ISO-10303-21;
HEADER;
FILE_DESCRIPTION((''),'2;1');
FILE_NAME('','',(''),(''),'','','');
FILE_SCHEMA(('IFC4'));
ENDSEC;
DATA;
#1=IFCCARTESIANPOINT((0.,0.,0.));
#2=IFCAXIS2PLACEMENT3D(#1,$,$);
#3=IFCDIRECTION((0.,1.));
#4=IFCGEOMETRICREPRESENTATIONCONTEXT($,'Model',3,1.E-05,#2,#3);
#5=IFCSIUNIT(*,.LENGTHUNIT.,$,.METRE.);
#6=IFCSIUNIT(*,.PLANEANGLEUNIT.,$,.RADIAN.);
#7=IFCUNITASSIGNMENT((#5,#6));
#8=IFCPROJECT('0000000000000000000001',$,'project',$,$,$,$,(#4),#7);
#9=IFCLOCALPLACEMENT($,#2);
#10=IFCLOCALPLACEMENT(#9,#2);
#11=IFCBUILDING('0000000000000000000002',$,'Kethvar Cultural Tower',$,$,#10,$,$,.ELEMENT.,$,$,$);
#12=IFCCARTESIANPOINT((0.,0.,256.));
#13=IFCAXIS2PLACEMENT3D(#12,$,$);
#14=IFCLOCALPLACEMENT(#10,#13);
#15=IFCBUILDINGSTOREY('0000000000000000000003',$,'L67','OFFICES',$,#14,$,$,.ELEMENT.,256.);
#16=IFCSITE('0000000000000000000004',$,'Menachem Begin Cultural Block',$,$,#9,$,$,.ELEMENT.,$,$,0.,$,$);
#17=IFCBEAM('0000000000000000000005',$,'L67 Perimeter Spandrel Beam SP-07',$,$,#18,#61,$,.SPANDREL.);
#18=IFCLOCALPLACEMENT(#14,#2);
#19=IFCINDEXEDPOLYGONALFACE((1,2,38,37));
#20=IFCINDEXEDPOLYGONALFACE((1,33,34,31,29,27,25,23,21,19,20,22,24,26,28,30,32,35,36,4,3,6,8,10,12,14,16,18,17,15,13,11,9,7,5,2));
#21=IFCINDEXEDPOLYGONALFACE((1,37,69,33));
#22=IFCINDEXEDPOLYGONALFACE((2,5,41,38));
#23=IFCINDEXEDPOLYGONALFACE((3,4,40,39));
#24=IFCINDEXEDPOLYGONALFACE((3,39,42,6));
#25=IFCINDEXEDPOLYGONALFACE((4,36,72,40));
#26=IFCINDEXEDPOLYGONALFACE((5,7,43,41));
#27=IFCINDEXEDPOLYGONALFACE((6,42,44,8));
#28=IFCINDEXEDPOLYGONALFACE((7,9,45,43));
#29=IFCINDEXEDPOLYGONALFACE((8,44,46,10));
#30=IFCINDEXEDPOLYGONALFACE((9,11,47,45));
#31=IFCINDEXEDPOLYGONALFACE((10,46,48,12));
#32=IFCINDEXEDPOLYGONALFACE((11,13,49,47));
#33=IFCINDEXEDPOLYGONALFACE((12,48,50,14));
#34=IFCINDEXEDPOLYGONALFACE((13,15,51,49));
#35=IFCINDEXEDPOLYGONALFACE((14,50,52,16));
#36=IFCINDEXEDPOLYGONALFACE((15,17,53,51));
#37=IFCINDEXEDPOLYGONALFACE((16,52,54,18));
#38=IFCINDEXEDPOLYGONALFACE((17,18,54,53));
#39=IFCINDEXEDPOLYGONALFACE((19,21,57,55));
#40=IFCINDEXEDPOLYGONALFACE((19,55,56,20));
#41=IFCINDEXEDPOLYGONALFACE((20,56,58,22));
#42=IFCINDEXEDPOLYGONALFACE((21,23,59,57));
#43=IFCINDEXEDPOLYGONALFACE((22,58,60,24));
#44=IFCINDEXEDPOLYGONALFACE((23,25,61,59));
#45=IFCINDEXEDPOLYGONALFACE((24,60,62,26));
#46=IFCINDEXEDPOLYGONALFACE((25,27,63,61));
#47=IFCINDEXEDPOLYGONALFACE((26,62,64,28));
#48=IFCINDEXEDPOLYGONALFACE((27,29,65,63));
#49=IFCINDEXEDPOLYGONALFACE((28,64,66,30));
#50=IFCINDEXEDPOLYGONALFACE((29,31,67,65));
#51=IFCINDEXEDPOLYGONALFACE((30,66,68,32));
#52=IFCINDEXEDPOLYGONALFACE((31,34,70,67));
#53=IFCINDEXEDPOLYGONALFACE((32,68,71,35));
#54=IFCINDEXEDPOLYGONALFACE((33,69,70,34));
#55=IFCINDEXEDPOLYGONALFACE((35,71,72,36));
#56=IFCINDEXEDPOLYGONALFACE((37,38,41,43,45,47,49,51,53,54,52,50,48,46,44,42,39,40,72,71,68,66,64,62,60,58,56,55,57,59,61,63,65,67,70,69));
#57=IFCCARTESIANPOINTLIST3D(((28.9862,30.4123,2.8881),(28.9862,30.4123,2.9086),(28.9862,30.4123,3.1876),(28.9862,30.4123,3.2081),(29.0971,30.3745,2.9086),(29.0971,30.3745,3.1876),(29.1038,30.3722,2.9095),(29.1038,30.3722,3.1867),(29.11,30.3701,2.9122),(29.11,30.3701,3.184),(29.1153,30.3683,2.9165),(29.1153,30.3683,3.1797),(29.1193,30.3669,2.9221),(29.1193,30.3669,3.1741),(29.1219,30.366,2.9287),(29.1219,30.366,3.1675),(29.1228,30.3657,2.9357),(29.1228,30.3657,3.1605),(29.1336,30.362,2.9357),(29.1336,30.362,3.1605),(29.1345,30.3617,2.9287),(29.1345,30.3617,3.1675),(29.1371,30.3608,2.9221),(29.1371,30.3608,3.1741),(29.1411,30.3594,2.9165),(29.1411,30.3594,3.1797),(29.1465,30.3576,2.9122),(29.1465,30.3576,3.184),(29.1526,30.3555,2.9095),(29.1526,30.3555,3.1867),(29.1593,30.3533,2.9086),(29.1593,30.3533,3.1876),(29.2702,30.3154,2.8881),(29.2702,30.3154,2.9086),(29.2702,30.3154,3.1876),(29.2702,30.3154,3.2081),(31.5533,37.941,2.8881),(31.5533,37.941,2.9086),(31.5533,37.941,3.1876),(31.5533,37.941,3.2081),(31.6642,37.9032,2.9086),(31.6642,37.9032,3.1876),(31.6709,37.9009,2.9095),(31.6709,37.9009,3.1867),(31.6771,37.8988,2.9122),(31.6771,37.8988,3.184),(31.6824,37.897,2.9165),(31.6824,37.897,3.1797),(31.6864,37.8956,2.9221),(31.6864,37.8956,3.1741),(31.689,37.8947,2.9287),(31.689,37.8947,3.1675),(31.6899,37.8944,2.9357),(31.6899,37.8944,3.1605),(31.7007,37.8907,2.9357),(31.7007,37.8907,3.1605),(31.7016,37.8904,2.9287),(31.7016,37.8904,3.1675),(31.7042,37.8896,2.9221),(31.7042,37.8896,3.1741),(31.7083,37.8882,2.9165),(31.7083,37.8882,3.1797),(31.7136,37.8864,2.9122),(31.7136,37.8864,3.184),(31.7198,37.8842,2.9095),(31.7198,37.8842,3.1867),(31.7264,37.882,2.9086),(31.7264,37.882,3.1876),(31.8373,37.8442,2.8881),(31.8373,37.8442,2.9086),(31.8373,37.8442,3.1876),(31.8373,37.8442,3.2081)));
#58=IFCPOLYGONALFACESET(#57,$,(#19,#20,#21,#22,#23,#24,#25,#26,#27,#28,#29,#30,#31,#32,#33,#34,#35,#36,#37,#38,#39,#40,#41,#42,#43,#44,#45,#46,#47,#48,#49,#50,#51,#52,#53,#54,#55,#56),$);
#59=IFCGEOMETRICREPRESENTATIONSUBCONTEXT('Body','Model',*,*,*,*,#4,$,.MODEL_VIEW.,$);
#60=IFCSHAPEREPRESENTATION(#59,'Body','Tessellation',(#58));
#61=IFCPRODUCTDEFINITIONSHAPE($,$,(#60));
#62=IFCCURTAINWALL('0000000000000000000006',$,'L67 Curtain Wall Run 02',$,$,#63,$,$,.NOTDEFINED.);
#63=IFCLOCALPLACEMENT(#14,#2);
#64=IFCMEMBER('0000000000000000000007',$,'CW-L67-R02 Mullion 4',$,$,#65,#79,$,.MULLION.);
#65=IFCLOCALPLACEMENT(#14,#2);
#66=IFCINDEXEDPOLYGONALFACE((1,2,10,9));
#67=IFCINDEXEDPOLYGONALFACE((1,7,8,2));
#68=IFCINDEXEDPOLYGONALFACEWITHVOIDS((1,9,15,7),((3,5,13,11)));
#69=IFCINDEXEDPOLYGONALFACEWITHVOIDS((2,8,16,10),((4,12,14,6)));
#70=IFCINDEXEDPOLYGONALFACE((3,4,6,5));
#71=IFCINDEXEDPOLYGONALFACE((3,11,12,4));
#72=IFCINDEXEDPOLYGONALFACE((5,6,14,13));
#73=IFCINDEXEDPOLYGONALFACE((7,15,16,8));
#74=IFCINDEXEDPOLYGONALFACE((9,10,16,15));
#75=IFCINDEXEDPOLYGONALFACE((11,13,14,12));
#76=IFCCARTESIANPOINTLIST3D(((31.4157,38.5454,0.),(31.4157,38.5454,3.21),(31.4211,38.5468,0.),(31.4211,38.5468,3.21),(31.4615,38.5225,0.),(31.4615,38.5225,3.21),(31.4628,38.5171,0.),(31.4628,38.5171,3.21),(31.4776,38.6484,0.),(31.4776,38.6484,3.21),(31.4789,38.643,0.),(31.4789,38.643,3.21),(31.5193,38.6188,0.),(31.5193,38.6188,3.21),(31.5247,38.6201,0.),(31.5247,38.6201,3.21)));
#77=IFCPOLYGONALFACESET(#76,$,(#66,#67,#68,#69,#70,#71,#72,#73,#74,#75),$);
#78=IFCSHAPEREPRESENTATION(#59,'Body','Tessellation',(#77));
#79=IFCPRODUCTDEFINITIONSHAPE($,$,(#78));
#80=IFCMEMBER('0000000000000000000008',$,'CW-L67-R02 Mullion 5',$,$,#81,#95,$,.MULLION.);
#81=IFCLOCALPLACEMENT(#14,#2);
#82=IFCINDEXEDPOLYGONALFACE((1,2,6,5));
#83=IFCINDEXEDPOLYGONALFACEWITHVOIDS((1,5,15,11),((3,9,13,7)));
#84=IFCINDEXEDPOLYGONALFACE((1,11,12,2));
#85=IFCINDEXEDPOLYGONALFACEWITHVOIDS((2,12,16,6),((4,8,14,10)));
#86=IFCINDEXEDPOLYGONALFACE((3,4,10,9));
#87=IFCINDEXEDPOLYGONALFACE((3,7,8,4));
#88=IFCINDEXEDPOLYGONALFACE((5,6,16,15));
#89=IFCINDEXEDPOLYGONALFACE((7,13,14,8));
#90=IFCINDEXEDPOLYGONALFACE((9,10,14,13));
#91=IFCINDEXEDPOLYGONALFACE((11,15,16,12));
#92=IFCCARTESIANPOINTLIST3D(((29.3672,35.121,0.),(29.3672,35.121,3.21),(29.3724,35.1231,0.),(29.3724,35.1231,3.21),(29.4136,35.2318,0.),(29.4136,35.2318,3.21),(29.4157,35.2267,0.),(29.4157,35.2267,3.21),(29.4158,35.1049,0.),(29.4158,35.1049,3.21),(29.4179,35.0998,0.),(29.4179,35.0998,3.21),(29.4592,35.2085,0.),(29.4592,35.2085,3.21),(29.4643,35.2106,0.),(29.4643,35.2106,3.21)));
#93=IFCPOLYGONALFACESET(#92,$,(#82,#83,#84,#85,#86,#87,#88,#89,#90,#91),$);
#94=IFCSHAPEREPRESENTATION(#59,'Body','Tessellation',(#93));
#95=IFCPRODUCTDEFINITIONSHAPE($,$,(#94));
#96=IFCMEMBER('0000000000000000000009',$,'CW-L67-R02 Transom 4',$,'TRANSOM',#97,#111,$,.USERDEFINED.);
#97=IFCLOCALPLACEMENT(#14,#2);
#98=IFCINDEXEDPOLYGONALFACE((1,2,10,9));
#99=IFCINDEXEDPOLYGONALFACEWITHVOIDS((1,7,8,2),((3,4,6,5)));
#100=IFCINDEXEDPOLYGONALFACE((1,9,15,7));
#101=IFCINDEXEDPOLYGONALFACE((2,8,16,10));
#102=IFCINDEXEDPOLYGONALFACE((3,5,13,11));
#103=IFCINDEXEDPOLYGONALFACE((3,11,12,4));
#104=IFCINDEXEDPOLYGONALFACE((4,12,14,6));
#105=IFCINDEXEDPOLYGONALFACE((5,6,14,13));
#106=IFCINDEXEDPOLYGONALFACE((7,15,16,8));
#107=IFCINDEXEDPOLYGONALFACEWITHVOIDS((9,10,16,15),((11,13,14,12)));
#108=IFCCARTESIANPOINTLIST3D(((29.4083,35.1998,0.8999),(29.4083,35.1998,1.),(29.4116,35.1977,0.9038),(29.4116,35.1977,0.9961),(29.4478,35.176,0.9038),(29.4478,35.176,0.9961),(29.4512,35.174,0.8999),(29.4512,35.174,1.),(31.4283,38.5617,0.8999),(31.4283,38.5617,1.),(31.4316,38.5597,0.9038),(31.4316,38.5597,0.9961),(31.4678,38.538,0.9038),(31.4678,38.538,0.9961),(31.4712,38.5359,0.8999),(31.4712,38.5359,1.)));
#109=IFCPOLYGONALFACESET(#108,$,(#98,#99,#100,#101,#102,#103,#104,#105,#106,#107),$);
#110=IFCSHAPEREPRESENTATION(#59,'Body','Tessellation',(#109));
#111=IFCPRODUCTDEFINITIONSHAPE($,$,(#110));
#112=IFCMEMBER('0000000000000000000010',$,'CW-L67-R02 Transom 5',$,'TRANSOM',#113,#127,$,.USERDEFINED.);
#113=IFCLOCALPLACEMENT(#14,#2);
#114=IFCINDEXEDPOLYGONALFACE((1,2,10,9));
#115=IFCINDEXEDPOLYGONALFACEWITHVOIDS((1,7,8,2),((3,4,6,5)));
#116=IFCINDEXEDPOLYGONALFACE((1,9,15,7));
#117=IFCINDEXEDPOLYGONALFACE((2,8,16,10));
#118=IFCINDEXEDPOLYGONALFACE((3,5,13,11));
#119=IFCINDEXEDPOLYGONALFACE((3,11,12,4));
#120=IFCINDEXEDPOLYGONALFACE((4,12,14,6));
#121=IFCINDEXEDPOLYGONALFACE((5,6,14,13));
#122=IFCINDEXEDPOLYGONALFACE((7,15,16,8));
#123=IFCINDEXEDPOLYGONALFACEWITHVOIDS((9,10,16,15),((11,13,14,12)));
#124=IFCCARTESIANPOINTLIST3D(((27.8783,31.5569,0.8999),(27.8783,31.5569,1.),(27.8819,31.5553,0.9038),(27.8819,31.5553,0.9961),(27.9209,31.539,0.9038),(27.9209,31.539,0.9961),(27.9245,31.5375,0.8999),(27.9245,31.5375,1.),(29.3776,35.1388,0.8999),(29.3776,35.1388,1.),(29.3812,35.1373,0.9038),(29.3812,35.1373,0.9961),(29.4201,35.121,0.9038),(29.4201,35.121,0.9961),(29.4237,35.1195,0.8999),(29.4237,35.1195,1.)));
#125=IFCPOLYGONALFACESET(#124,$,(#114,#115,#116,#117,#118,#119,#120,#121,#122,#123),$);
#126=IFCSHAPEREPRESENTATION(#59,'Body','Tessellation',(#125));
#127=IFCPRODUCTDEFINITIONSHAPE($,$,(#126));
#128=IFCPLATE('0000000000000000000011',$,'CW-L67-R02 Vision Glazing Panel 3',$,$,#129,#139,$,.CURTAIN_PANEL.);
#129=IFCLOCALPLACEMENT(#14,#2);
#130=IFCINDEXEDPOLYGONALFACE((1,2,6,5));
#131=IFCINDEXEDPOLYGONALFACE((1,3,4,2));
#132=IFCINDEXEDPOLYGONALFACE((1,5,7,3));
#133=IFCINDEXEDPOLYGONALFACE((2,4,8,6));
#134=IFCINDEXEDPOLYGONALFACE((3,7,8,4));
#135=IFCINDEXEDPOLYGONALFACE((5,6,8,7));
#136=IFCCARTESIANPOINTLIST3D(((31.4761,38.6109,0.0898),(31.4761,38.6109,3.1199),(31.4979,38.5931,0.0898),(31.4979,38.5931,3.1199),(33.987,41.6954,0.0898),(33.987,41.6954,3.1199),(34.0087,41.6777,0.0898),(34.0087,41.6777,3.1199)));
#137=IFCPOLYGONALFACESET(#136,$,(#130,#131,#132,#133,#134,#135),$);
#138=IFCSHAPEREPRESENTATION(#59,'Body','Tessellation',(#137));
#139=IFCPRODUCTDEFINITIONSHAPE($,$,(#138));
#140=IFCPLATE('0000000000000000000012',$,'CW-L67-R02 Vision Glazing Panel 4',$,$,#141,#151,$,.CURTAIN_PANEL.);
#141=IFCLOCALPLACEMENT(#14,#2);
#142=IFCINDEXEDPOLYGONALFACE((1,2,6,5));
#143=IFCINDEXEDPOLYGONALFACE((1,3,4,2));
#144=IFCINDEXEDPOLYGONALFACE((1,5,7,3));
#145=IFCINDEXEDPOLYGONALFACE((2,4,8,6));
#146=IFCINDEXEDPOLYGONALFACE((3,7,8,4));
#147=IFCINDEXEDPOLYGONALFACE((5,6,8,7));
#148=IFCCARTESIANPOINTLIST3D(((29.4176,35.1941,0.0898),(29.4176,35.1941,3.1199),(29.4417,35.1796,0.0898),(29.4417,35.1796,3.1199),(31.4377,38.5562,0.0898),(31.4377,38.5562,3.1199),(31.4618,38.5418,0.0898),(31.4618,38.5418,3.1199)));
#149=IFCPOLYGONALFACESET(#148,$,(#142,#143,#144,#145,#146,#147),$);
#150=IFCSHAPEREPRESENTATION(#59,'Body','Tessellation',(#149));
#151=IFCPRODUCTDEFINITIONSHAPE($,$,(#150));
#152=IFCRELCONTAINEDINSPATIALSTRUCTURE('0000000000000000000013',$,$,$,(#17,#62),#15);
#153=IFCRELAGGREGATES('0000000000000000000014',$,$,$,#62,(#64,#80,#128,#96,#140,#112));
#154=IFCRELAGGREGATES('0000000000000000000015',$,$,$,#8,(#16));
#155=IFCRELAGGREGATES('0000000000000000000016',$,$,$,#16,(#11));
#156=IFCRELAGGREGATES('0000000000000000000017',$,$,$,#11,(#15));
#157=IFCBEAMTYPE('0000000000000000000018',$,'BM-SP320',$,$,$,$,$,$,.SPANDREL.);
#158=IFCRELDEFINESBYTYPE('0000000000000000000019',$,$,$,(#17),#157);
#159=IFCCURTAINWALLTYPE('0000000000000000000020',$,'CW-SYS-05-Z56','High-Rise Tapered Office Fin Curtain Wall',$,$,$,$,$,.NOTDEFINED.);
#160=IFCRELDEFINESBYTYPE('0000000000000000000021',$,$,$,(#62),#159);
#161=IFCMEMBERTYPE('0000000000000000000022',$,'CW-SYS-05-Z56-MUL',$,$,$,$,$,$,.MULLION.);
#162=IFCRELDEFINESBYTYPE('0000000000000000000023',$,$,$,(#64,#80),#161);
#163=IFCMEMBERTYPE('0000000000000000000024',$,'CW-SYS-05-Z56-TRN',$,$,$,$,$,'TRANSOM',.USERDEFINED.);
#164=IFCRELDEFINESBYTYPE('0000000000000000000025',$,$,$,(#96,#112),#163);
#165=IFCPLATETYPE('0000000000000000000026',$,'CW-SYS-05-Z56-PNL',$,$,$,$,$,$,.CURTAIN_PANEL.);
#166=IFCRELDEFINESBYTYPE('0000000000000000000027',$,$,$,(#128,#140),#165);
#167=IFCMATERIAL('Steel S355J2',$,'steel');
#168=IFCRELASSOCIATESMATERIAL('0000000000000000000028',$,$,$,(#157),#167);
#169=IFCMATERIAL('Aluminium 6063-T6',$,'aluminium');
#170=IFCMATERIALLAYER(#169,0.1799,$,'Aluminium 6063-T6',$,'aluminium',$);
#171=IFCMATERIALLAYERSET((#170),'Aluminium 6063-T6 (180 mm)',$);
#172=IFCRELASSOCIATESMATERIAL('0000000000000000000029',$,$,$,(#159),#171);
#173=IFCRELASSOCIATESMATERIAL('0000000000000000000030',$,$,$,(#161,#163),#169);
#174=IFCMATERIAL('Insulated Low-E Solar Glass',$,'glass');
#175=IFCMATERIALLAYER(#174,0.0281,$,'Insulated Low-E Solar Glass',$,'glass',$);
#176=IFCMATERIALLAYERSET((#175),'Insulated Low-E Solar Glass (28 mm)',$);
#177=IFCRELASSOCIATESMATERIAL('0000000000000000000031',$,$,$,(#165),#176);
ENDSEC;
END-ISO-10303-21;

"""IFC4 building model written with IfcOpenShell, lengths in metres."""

from ifc_helpers import new_model, si_unit, direction, frame, origin, origin_2d, place, context, subcontext, project, spatial, rectangle, hollow_rectangle, i_section, extrude, source, transform, mapped, material, layer, layer_set, material_profile, profile_set, type_object, element, aggregate, save


model = new_model("IFC4")

# Units and contexts
model_context = context("Model", 3, precision=1e-05, world=origin(), true_north=direction((0.0, 1.0)))
body_context = subcontext(model_context, "Body", "Model", "MODEL_VIEW")
ifc_project = project(units=[si_unit("LENGTHUNIT", "METRE"), si_unit("PLANEANGLEUNIT", "RADIAN")], contexts=[model_context])

# Site, building, storey
site_placement = place(None, origin())
site = spatial("IfcSite", under=ifc_project, at=site_placement, Name="Menachem Begin Cultural Block", CompositionType="ELEMENT", RefElevation=0.0)
building_placement = place(site_placement, origin())
building = spatial("IfcBuilding", under=site, at=building_placement, Name="Kethvar Cultural Tower", CompositionType="ELEMENT")
storey_placement = place(building_placement, frame((0.0, 0.0, 256.0)))
storey = spatial("IfcBuildingStorey", under=building, at=storey_placement, Name="L67", Description="OFFICES", CompositionType="ELEMENT", Elevation=256.0)

# Beam
ifc_material_1 = material(Name="Steel S355J2", Category="steel")
ifc_material_profile_1 = material_profile(ifc_material_1, i_section(OverallWidth=0.3, OverallDepth=0.3201, WebThickness=0.0115, FlangeThickness=0.0205, FilletRadius=0.0271, at=origin_2d()), Name="Steel S355J2 — HEB320")
ifc_profile_set_1 = profile_set([ifc_material_profile_1], Name="Steel S355J2 — HEB320")
beam_type_1 = type_object("IfcBeamType", Name="BM-SP320", PredefinedType="SPANDREL", material=ifc_profile_set_1)
shared_shape_1 = source(origin(), body_context, "Body", "SweptSolid", [
    extrude(i_section(OverallWidth=0.3, OverallDepth=0.3201, WebThickness=0.0115, FlangeThickness=0.0205, FilletRadius=0.0271, at=origin_2d()), origin(), (0.0, 0.0, 1.0), 7.9543),
])
beam_1_placement = place(storey_placement, frame((31.6953, 37.8926, 3.0481), z_axis=(-0.32273, -0.946491, 0.0), x_axis=(0.946491, -0.32273, 0.0)))
element("IfcBeam", 1, at=beam_1_placement, inside=storey, type_object=beam_type_1, Name="L67 Perimeter Spandrel Beam SP-07", PredefinedType="SPANDREL", context=body_context, shape_type="MappedRepresentation", body=[
    mapped(shared_shape_1, transform((0.0, 0.0, 0.0), scale=1.0)),
])

# Curtain wall, members, plates
ifc_material_2 = material(Name="Aluminium 6063-T6", Category="aluminium")
ifc_layer_1 = layer(ifc_material_2, 0.1799, Name="Aluminium 6063-T6", Category="aluminium")
ifc_layer_set_1 = layer_set([ifc_layer_1], Name="Aluminium 6063-T6 (180 mm)")
curtain_wall_type = type_object("IfcCurtainWallType", Name="CW-SYS-05-Z56", Description="High-Rise Tapered Office Fin Curtain Wall", PredefinedType="NOTDEFINED", material=ifc_layer_set_1)
curtain_wall_placement = place(storey_placement, origin())
curtain_wall = element("IfcCurtainWall", 2, at=curtain_wall_placement, inside=storey, type_object=curtain_wall_type, Name="L67 Curtain Wall Run 02", PredefinedType="NOTDEFINED")
ifc_material_profile_2 = material_profile(ifc_material_2, hollow_rectangle(XDim=0.0549, YDim=0.1201, WallThickness=0.0039, at=origin_2d()), Name="Aluminium 6063-T6 — RHS120x55x4")
ifc_profile_set_2 = profile_set([ifc_material_profile_2], Name="Aluminium 6063-T6 — RHS120x55x4")
member_type_1 = type_object("IfcMemberType", Name="CW-SYS-05-Z56-MUL", PredefinedType="MULLION", material=ifc_profile_set_2)
shared_shape_2 = source(origin(), body_context, "Body", "SweptSolid", [
    extrude(hollow_rectangle(XDim=0.0549, YDim=0.1201, WallThickness=0.0039, at=origin_2d()), origin(), (0.0, 0.0, 1.0), 3.21),
])
member_1_placement = place(storey_placement, frame((31.4702, 38.5828, 0.0), z_axis=(0.0, 0.0, 1.0), x_axis=(0.857185, -0.515008, 0.0)))
member_1 = element("IfcMember", 3, at=member_1_placement, type_object=member_type_1, Name="CW-L67-R02 Mullion 4", PredefinedType="MULLION", context=body_context, shape_type="MappedRepresentation", body=[
    mapped(shared_shape_2, transform((0.0, 0.0, 0.0), scale=1.0)),
])
member_2_placement = place(storey_placement, frame((29.4158, 35.1658, 0.0), z_axis=(0.0, 0.0, 1.0), x_axis=(0.922471, -0.386067, 0.0)))
member_2 = element("IfcMember", 4, at=member_2_placement, type_object=member_type_1, Name="CW-L67-R02 Mullion 5", PredefinedType="MULLION", context=body_context, shape_type="MappedRepresentation", body=[
    mapped(shared_shape_2, transform((0.0, 0.0, 0.0), scale=1.0)),
])
ifc_material_profile_3 = material_profile(ifc_material_2, hollow_rectangle(XDim=0.05, YDim=0.1001, WallThickness=0.0039, at=origin_2d()), Name="Aluminium 6063-T6 — RHS100x50x4")
ifc_profile_set_3 = profile_set([ifc_material_profile_3], Name="Aluminium 6063-T6 — RHS100x50x4")
member_type_2 = type_object("IfcMemberType", Name="CW-SYS-05-Z56-TRN", ElementType="TRANSOM", PredefinedType="USERDEFINED", material=ifc_profile_set_3)
shared_shape_3 = source(origin(), body_context, "Body", "SweptSolid", [
    extrude(hollow_rectangle(XDim=0.05, YDim=0.1001, WallThickness=0.0039, at=origin_2d()), origin(), (0.0, 0.0, 1.0), 3.9221),
])
member_3_placement = place(storey_placement, frame((31.4497, 38.5488, 0.95), z_axis=(-0.515017, -0.85718, 0.0), x_axis=(0.85718, -0.515017, 0.0)))
member_3 = element("IfcMember", 5, at=member_3_placement, type_object=member_type_2, Name="CW-L67-R02 Transom 4", ObjectType="TRANSOM", PredefinedType="USERDEFINED", context=body_context, shape_type="MappedRepresentation", body=[
    mapped(shared_shape_3, transform((0.0, 0.0, 0.0), scale=1.0)),
])
shared_shape_4 = source(origin(), body_context, "Body", "SweptSolid", [
    extrude(hollow_rectangle(XDim=0.05, YDim=0.1001, WallThickness=0.0039, at=origin_2d()), origin(), (0.0, 0.0, 1.0), 3.8831),
])
member_4_placement = place(storey_placement, frame((29.4006, 35.1292, 0.95), z_axis=(-0.386097, -0.922458, 0.0), x_axis=(0.922458, -0.386097, 0.0)))
member_4 = element("IfcMember", 6, at=member_4_placement, type_object=member_type_2, Name="CW-L67-R02 Transom 5", ObjectType="TRANSOM", PredefinedType="USERDEFINED", context=body_context, shape_type="MappedRepresentation", body=[
    mapped(shared_shape_4, transform((0.0, 0.0, 0.0), scale=1.0)),
])
ifc_material_3 = material(Name="Insulated Low-E Solar Glass", Category="glass")
ifc_layer_2 = layer(ifc_material_3, 0.0281, Name="Insulated Low-E Solar Glass", Category="glass")
ifc_layer_set_2 = layer_set([ifc_layer_2], Name="Insulated Low-E Solar Glass (28 mm)")
plate_type = type_object("IfcPlateType", Name="CW-SYS-05-Z56-PNL", PredefinedType="CURTAIN_PANEL", material=ifc_layer_set_2)
shared_shape_5 = source(origin(), body_context, "Body", "SweptSolid", [
    extrude(rectangle(XDim=3.9773, YDim=0.0281, at=origin_2d()), origin(), (0.0, 0.0, 1.0), 3.03),
])
plate_1_placement = place(storey_placement, frame((32.7424, 40.1443, 0.0898), z_axis=(0.0, 0.0, 1.0), x_axis=(-0.631299, -0.77554, 0.0)))
plate_1 = element("IfcPlate", 7, at=plate_1_placement, type_object=plate_type, Name="CW-L67-R02 Vision Glazing Panel 3", PredefinedType="CURTAIN_PANEL", context=body_context, shape_type="MappedRepresentation", body=[
    mapped(shared_shape_5, transform((0.0, 0.0, 0.0), scale=1.0)),
])
shared_shape_6 = source(origin(), body_context, "Body", "SweptSolid", [
    extrude(rectangle(XDim=3.9224, YDim=0.0281, at=origin_2d()), origin(), (0.0, 0.0, 1.0), 3.03),
])
plate_2_placement = place(storey_placement, frame((30.4397, 36.8679, 0.0898), z_axis=(0.0, 0.0, 1.0), x_axis=(-0.515008, -0.857185, 0.0)))
plate_2 = element("IfcPlate", 8, at=plate_2_placement, type_object=plate_type, Name="CW-L67-R02 Vision Glazing Panel 4", PredefinedType="CURTAIN_PANEL", context=body_context, shape_type="MappedRepresentation", body=[
    mapped(shared_shape_6, transform((0.0, 0.0, 0.0), scale=1.0)),
])
aggregate(curtain_wall, [member_1, member_2, plate_1, member_3, plate_2, member_4])

save(model, "model.ifc")
